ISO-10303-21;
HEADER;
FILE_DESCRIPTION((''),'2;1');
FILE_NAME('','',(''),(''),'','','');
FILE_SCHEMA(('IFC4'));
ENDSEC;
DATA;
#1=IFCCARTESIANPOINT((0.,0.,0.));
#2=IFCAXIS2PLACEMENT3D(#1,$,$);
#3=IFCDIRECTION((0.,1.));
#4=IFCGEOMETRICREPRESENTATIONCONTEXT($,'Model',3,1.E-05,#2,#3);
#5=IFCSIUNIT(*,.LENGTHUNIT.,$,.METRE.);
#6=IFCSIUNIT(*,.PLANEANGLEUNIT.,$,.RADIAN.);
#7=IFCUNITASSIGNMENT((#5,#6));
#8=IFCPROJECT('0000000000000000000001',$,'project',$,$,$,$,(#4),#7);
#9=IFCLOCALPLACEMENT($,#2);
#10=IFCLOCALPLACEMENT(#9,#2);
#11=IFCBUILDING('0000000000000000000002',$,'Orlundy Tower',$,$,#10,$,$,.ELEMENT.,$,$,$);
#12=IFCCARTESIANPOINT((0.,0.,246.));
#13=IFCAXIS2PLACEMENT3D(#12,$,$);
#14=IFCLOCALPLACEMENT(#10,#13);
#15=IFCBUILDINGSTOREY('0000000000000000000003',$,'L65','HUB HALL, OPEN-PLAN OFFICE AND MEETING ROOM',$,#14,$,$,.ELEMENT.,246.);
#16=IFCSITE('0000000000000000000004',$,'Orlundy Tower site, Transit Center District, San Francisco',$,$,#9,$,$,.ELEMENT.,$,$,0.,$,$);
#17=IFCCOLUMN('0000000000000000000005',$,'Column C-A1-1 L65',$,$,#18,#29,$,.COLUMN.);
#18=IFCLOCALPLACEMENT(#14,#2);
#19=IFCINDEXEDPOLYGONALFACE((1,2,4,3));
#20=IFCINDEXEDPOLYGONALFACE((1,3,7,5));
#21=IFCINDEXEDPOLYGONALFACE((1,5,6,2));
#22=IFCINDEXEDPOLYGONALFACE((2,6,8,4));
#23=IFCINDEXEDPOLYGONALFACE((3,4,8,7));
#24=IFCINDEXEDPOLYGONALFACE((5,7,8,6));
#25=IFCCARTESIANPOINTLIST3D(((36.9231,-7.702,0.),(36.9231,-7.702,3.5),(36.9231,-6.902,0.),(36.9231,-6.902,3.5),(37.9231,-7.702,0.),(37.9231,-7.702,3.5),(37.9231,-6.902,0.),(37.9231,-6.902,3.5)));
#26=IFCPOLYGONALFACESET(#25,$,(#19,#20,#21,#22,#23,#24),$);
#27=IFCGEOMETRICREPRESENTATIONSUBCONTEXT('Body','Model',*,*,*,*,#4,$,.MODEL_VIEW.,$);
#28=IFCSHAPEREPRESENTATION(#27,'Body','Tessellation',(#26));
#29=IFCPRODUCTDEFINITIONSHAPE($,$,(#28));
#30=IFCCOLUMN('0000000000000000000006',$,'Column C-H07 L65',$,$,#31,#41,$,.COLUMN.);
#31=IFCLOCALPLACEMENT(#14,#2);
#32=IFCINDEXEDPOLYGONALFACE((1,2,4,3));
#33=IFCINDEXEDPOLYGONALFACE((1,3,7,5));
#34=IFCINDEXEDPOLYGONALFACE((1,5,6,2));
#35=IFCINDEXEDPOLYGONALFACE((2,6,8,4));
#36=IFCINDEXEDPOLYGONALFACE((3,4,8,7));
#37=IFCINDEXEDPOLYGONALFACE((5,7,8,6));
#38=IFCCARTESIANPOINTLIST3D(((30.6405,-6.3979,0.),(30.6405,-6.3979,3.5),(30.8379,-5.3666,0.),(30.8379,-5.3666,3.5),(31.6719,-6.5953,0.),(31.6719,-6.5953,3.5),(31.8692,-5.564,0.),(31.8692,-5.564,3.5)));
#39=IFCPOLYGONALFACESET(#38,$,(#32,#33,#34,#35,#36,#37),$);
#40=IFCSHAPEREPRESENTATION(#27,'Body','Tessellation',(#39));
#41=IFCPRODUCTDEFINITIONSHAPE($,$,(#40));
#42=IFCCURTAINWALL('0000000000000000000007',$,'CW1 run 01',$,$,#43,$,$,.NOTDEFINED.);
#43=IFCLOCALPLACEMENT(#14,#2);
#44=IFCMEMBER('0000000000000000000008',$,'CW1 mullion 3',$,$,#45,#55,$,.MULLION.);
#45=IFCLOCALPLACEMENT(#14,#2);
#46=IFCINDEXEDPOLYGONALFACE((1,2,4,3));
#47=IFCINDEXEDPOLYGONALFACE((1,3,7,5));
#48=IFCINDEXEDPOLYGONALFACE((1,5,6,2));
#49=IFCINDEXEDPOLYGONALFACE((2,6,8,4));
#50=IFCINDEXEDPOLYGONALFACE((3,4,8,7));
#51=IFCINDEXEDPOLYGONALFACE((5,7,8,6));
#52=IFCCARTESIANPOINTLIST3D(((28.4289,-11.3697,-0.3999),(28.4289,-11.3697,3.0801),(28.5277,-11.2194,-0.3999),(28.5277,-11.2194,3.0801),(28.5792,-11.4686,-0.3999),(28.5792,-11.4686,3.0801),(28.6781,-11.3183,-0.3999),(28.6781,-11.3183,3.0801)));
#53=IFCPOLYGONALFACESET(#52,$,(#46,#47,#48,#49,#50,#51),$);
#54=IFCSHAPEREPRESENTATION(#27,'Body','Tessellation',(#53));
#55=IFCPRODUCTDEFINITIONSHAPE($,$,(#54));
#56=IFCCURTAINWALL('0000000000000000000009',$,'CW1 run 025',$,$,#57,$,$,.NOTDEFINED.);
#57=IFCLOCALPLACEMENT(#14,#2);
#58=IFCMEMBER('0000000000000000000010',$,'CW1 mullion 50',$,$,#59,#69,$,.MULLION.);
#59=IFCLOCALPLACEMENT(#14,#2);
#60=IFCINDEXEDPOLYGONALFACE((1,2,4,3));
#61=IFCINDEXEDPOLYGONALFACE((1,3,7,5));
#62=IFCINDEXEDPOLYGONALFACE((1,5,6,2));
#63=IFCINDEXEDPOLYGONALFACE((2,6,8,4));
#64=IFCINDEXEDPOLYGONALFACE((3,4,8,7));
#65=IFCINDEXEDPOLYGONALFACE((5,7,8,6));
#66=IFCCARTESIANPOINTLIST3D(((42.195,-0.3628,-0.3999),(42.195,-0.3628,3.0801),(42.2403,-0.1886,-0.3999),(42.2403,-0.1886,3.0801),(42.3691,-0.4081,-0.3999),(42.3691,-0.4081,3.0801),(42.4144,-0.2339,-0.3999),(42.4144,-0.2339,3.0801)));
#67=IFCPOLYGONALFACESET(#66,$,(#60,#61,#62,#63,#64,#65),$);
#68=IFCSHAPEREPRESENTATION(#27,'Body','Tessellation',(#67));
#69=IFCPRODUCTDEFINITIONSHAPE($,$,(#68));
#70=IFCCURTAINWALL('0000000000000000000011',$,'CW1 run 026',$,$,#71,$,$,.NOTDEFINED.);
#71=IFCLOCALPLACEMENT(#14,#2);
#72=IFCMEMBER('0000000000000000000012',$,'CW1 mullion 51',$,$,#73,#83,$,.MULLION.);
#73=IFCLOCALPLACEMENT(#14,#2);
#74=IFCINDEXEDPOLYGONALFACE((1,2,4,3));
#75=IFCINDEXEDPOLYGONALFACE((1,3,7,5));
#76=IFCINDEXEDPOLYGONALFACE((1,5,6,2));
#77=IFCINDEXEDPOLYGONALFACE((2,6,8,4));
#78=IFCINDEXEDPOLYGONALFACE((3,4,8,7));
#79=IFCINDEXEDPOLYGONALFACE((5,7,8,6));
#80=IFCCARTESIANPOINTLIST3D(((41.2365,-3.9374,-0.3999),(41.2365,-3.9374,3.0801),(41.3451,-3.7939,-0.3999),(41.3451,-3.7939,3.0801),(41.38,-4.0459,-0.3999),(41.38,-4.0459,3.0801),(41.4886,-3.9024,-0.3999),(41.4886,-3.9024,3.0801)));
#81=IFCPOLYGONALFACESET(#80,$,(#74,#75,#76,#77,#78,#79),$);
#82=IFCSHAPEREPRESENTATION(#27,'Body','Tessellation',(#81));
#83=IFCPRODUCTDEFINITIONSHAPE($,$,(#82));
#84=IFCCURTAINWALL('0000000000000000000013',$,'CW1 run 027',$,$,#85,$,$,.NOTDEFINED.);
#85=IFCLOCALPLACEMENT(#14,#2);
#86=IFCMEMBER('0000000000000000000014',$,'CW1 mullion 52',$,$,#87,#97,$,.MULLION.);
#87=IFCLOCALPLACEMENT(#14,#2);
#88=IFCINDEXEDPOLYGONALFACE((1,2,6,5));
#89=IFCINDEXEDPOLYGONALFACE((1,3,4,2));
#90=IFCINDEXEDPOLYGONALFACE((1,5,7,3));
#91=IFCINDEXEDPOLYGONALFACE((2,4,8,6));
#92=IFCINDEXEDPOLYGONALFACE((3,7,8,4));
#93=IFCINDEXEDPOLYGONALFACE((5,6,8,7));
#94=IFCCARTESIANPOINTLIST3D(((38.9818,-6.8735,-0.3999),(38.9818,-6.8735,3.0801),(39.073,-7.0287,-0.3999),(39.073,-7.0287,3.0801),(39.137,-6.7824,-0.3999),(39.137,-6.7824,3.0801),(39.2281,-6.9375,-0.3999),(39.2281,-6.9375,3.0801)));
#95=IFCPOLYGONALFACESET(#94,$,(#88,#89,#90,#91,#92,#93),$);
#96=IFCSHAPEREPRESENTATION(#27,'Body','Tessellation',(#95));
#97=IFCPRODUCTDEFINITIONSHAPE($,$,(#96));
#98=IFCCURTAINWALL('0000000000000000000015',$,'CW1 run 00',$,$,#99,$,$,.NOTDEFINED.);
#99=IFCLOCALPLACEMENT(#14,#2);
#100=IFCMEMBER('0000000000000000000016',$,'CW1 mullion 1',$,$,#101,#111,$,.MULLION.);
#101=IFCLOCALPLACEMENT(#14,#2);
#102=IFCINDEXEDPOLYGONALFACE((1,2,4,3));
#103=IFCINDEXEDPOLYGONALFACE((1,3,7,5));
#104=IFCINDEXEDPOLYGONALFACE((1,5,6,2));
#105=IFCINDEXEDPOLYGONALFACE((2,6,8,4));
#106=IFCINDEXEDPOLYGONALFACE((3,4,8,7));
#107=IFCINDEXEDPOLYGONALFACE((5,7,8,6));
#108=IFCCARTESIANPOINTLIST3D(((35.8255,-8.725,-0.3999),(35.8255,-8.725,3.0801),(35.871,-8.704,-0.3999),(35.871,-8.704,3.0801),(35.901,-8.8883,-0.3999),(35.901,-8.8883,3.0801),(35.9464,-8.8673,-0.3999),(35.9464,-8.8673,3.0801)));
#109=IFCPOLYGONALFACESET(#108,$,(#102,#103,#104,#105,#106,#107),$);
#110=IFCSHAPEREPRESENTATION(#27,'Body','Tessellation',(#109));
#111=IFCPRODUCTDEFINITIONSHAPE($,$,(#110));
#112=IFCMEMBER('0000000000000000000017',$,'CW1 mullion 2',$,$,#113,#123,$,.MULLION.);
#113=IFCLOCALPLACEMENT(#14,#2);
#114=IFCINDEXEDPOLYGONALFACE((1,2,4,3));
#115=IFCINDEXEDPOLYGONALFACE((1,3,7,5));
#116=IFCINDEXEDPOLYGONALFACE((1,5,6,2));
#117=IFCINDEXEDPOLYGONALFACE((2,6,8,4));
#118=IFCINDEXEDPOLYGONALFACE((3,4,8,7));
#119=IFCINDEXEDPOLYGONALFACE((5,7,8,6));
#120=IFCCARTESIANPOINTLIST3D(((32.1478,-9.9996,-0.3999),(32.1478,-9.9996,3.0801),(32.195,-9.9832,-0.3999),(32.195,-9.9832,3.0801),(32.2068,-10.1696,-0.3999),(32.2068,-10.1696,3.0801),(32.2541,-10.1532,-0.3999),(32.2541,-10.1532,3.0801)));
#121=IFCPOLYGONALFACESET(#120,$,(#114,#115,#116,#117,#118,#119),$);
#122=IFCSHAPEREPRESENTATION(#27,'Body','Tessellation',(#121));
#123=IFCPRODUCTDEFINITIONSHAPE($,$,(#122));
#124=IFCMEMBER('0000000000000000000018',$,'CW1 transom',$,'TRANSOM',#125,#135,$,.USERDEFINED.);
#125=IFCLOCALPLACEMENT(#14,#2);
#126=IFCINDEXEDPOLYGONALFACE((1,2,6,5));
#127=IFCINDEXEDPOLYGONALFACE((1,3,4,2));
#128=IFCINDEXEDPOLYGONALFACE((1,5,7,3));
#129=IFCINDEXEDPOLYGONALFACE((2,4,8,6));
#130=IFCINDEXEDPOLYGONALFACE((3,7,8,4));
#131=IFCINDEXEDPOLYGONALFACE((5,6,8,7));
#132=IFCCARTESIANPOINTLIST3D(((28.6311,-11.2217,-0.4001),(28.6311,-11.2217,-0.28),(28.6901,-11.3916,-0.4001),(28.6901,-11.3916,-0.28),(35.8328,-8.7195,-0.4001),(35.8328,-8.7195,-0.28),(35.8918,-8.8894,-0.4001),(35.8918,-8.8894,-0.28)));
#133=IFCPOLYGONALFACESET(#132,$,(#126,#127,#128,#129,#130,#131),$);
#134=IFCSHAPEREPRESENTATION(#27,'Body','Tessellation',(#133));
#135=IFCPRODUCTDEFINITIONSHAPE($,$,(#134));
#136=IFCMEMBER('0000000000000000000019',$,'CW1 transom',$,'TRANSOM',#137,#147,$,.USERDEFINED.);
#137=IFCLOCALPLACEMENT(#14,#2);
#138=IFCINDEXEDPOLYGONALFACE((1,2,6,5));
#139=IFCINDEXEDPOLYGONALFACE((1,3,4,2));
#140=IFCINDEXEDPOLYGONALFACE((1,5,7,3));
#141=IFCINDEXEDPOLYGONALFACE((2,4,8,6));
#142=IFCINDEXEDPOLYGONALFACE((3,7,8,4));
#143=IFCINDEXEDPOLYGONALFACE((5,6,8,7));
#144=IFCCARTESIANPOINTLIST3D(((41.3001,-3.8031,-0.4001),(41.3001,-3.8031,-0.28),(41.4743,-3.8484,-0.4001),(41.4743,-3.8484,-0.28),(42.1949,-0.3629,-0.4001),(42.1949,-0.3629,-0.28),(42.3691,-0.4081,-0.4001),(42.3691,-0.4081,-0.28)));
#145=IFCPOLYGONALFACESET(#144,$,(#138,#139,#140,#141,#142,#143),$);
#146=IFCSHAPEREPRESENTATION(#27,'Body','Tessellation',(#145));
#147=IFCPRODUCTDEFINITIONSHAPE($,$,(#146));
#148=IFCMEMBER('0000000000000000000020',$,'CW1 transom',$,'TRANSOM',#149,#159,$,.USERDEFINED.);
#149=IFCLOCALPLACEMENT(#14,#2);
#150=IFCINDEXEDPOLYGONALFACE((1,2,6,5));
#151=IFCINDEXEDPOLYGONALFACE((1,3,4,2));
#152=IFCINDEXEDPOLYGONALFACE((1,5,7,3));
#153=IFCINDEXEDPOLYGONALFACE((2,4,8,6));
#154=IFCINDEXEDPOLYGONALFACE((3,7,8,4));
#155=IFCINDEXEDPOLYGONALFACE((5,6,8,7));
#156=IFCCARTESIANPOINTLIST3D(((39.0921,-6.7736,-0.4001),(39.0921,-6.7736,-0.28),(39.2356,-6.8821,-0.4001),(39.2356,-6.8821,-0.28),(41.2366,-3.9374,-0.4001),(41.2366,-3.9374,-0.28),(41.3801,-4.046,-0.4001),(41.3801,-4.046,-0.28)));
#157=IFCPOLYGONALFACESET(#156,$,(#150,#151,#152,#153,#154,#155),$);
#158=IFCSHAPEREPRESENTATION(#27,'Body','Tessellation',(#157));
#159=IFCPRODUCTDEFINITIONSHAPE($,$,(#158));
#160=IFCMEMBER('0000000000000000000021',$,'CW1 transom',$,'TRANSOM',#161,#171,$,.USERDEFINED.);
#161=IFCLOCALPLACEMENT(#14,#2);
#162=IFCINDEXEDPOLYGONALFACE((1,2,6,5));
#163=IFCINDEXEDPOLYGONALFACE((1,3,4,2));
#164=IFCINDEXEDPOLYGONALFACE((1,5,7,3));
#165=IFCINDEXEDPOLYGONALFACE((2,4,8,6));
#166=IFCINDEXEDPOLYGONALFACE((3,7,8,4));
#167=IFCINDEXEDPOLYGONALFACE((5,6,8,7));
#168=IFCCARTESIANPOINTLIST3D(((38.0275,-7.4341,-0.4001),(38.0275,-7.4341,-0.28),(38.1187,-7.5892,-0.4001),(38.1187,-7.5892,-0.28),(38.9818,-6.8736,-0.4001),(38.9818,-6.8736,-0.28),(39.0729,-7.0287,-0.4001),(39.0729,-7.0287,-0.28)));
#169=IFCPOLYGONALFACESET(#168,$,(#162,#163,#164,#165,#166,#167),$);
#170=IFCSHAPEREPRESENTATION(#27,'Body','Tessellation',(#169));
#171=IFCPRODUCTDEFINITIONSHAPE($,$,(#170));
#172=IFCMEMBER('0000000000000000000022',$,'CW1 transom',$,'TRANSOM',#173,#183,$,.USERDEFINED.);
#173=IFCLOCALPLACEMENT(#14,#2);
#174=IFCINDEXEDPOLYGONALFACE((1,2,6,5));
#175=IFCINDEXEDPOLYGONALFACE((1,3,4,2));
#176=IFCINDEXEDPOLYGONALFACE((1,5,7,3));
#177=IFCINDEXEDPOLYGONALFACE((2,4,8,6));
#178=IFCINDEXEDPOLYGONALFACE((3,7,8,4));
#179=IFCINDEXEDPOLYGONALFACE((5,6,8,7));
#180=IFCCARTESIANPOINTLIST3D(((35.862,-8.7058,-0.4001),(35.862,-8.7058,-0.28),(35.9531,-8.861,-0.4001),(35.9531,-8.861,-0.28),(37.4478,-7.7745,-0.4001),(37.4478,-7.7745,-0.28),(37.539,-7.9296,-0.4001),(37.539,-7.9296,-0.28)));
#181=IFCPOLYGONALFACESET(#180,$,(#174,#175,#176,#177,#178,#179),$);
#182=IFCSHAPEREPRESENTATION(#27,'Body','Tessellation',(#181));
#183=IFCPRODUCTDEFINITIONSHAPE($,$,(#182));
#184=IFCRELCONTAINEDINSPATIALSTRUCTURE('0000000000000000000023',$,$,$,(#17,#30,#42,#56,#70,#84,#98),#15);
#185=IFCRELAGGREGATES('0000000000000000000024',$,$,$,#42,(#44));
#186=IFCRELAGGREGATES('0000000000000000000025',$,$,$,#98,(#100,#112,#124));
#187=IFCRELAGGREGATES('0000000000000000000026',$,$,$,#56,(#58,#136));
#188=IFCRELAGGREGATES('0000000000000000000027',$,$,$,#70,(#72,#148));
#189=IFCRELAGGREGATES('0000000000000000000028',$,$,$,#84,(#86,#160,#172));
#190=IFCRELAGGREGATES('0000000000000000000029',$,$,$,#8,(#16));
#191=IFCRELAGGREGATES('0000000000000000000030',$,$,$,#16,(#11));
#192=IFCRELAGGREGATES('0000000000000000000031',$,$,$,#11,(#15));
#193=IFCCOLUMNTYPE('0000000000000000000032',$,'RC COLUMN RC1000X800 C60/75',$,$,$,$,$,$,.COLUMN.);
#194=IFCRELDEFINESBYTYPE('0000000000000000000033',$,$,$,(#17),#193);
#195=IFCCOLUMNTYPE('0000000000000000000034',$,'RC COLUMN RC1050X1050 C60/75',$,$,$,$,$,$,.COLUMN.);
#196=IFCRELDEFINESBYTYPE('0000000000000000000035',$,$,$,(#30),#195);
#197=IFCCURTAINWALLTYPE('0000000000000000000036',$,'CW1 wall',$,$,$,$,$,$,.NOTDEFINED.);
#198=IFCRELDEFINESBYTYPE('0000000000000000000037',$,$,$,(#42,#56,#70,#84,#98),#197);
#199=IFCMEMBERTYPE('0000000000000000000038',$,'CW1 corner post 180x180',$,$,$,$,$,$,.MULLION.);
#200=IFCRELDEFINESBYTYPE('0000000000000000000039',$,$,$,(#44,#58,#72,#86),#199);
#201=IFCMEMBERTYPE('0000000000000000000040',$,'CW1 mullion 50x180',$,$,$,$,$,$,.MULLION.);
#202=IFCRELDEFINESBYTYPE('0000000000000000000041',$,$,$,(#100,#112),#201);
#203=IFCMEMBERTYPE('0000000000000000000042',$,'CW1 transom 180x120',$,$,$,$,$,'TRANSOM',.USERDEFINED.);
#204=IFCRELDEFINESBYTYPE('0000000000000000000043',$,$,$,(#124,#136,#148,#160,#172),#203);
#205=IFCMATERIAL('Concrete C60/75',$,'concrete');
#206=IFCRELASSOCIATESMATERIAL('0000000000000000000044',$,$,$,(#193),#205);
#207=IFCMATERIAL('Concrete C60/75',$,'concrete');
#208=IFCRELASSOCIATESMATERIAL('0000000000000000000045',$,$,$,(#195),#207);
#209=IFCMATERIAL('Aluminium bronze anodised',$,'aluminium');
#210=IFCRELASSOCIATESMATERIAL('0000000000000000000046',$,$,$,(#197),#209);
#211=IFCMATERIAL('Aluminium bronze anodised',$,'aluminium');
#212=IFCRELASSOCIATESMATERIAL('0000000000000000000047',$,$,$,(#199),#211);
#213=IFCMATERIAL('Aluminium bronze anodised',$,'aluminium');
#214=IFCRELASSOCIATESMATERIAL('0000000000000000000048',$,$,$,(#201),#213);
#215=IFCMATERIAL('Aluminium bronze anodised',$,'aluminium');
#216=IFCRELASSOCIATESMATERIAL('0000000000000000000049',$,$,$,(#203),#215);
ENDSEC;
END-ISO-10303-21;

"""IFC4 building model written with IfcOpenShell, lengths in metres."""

from ifc_helpers import new_model, si_unit, direction, frame, origin, origin_2d, place, context, subcontext, project, spatial, rectangle, extrude, material, material_profile, profile_set, type_object, element, aggregate, save


model = new_model("IFC4")

# Units and contexts
model_context = context("Model", 3, precision=1e-05, world=origin(), true_north=direction((0.0, 1.0)))
body_context = subcontext(model_context, "Body", "Model", "MODEL_VIEW")
ifc_project = project(units=[si_unit("LENGTHUNIT", "METRE"), si_unit("PLANEANGLEUNIT", "RADIAN")], contexts=[model_context])

# Site, building, storey
site_placement = place(None, origin())
site = spatial("IfcSite", under=ifc_project, at=site_placement, Name="Orlundy Tower site, Transit Center District, San Francisco", CompositionType="ELEMENT", RefElevation=0.0)
building_placement = place(site_placement, origin())
building = spatial("IfcBuilding", under=site, at=building_placement, Name="Orlundy Tower", CompositionType="ELEMENT")
storey_placement = place(building_placement, frame((0.0, 0.0, 246.0)))
storey = spatial("IfcBuildingStorey", under=building, at=storey_placement, Name="L65", Description="HUB HALL, OPEN-PLAN OFFICE AND MEETING ROOM", CompositionType="ELEMENT", Elevation=246.0)

# Columns
ifc_material_1 = material(Name="Concrete C60/75", Category="concrete")
ifc_material_profile_1 = material_profile(ifc_material_1, rectangle(XDim=1.0, YDim=0.8, at=origin_2d()), Name="RC1000X800")
ifc_profile_set_1 = profile_set([ifc_material_profile_1], Name="Concrete C60/75")
column_type_1 = type_object("IfcColumnType", Name="RC COLUMN RC1000X800 C60/75", PredefinedType="COLUMN", material=ifc_profile_set_1)
column_1_placement = place(storey_placement, frame((37.4231, -7.302, 0.0), z_axis=(0.0, 0.0, 1.0), x_axis=(1.0, 0.0, 0.0)))
element("IfcColumn", 1, at=column_1_placement, inside=storey, type_object=column_type_1, Name="Column C-A1-1 L65", PredefinedType="COLUMN", context=body_context, shape_type="SweptSolid", body=[
    extrude(rectangle(XDim=1.0, YDim=0.8, at=origin_2d()), origin(), (0.0, 0.0, 1.0), 3.5),
])
ifc_material_2 = material(Name="Concrete C60/75", Category="concrete")
ifc_material_profile_2 = material_profile(ifc_material_2, rectangle(XDim=1.05, YDim=1.05, at=origin_2d()), Name="RC1050X1050")
ifc_profile_set_2 = profile_set([ifc_material_profile_2], Name="Concrete C60/75")
column_type_2 = type_object("IfcColumnType", Name="RC COLUMN RC1050X1050 C60/75", PredefinedType="COLUMN", material=ifc_profile_set_2)
column_2_placement = place(storey_placement, frame((31.2549, -5.981, 0.0), z_axis=(0.0, 0.0, 1.0), x_axis=(0.982179, -0.187947, 0.0)))
element("IfcColumn", 2, at=column_2_placement, inside=storey, type_object=column_type_2, Name="Column C-H07 L65", PredefinedType="COLUMN", context=body_context, shape_type="SweptSolid", body=[
    extrude(rectangle(XDim=1.05, YDim=1.05, at=origin_2d()), origin(), (0.0, 0.0, 1.0), 3.5),
])

# Curtain walls, members
ifc_material_3 = material(Name="Aluminium bronze anodised", Category="aluminium")
curtain_wall_type = type_object("IfcCurtainWallType", Name="CW1 wall", PredefinedType="NOTDEFINED", material=ifc_material_3)
curtain_wall_1_placement = place(storey_placement, origin())
curtain_wall_1 = element("IfcCurtainWall", 3, at=curtain_wall_1_placement, inside=storey, type_object=curtain_wall_type, Name="CW1 run 01", PredefinedType="NOTDEFINED")
ifc_material_4 = material(Name="Aluminium bronze anodised", Category="aluminium")
ifc_material_profile_3 = material_profile(ifc_material_4, rectangle(XDim=0.1799, YDim=0.1799, at=origin_2d()), Name="CW1 corner post 180x180")
ifc_profile_set_3 = profile_set([ifc_material_profile_3], Name="Aluminium bronze anodised")
member_type_1 = type_object("IfcMemberType", Name="CW1 corner post 180x180", PredefinedType="MULLION", material=ifc_profile_set_3)
member_1_placement = place(storey_placement, frame((28.5535, -11.344, -0.3999), z_axis=(0.0, 0.0, 1.0), x_axis=(0.835496, -0.549496, 0.0)))
member_1 = element("IfcMember", 4, at=member_1_placement, type_object=member_type_1, Name="CW1 mullion 3", PredefinedType="MULLION", context=body_context, shape_type="SweptSolid", body=[
    extrude(rectangle(XDim=0.1799, YDim=0.1799, at=origin_2d()), origin(), (0.0, 0.0, 1.0), 3.48),
])
aggregate(curtain_wall_1, [member_1])
curtain_wall_2_placement = place(storey_placement, origin())
curtain_wall_2 = element("IfcCurtainWall", 5, at=curtain_wall_2_placement, inside=storey, type_object=curtain_wall_type, Name="CW1 run 025", PredefinedType="NOTDEFINED")
member_2_placement = place(storey_placement, frame((42.3047, -0.2983, -0.3999), z_axis=(0.0, 0.0, 1.0), x_axis=(0.967798, -0.25173, 0.0)))
member_2 = element("IfcMember", 6, at=member_2_placement, type_object=member_type_1, Name="CW1 mullion 50", PredefinedType="MULLION", context=body_context, shape_type="SweptSolid", body=[
    extrude(rectangle(XDim=0.1799, YDim=0.1799, at=origin_2d()), origin(), (0.0, 0.0, 1.0), 3.48),
])
curtain_wall_3_placement = place(storey_placement, origin())
curtain_wall_3 = element("IfcCurtainWall", 7, at=curtain_wall_3_placement, inside=storey, type_object=curtain_wall_type, Name="CW1 run 026", PredefinedType="NOTDEFINED")
member_3_placement = place(storey_placement, frame((41.3625, -3.9199, -0.3999), z_axis=(0.0, 0.0, 1.0), x_axis=(0.797631, -0.603146, 0.0)))
member_3 = element("IfcMember", 8, at=member_3_placement, type_object=member_type_1, Name="CW1 mullion 51", PredefinedType="MULLION", context=body_context, shape_type="SweptSolid", body=[
    extrude(rectangle(XDim=0.1799, YDim=0.1799, at=origin_2d()), origin(), (0.0, 0.0, 1.0), 3.48),
])
curtain_wall_4_placement = place(storey_placement, origin())
curtain_wall_4 = element("IfcCurtainWall", 9, at=curtain_wall_4_placement, inside=storey, type_object=curtain_wall_type, Name="CW1 run 027", PredefinedType="NOTDEFINED")
member_4_placement = place(storey_placement, frame((39.105, -6.9055, -0.3999), z_axis=(0.0, 0.0, 1.0), x_axis=(0.506419, -0.862288, 0.0)))
member_4 = element("IfcMember", 10, at=member_4_placement, type_object=member_type_1, Name="CW1 mullion 52", PredefinedType="MULLION", context=body_context, shape_type="SweptSolid", body=[
    extrude(rectangle(XDim=0.1799, YDim=0.1799, at=origin_2d()), origin(), (0.0, 0.0, 1.0), 3.48),
])

# Curtain wall, members
curtain_wall_5_placement = place(storey_placement, origin())
curtain_wall_5 = element("IfcCurtainWall", 11, at=curtain_wall_5_placement, inside=storey, type_object=curtain_wall_type, Name="CW1 run 00", PredefinedType="NOTDEFINED")
ifc_material_5 = material(Name="Aluminium bronze anodised", Category="aluminium")
ifc_material_profile_4 = material_profile(ifc_material_5, rectangle(XDim=0.1799, YDim=0.05, at=origin_2d()), Name="CW1 mullion 50x180")
ifc_profile_set_4 = profile_set([ifc_material_profile_4], Name="Aluminium bronze anodised")
member_type_2 = type_object("IfcMemberType", Name="CW1 mullion 50x180", PredefinedType="MULLION", material=ifc_profile_set_4)
member_5_placement = place(storey_placement, frame((35.886, -8.7961, -0.3999), z_axis=(0.0, 0.0, 1.0), x_axis=(0.419347, -0.907826, 0.0)))
member_5 = element("IfcMember", 12, at=member_5_placement, type_object=member_type_2, Name="CW1 mullion 1", PredefinedType="MULLION", context=body_context, shape_type="SweptSolid", body=[
    extrude(rectangle(XDim=0.1799, YDim=0.05, at=origin_2d()), origin(), (0.0, 0.0, 1.0), 3.48),
])
member_6_placement = place(storey_placement, frame((32.2009, -10.0764, -0.3999), z_axis=(0.0, 0.0, 1.0), x_axis=(0.328227, -0.944599, 0.0)))
member_6 = element("IfcMember", 13, at=member_6_placement, type_object=member_type_2, Name="CW1 mullion 2", PredefinedType="MULLION", context=body_context, shape_type="SweptSolid", body=[
    extrude(rectangle(XDim=0.1799, YDim=0.05, at=origin_2d()), origin(), (0.0, 0.0, 1.0), 3.48),
])
ifc_material_6 = material(Name="Aluminium bronze anodised", Category="aluminium")
ifc_material_profile_5 = material_profile(ifc_material_6, rectangle(XDim=0.1799, YDim=0.1201, at=origin_2d()), Name="CW1 transom 180x120")
ifc_profile_set_5 = profile_set([ifc_material_profile_5], Name="Aluminium bronze anodised")
member_type_3 = type_object("IfcMemberType", Name="CW1 transom 180x120", ElementType="TRANSOM", PredefinedType="USERDEFINED", material=ifc_profile_set_5)
member_7_placement = place(storey_placement, frame((35.8623, -8.8044, -0.3401), z_axis=(-0.944608, -0.328201, 0.0), x_axis=(0.328201, -0.944608, 0.0)))
member_7 = element("IfcMember", 14, at=member_7_placement, type_object=member_type_3, Name="CW1 transom", ObjectType="TRANSOM", PredefinedType="USERDEFINED", context=body_context, shape_type="SweptSolid", body=[
    extrude(rectangle(XDim=0.1799, YDim=0.1201, at=origin_2d()), origin(), (0.0, 0.0, 1.0), 7.624),
])

# Members
member_8_placement = place(storey_placement, frame((42.282, -0.3855, -0.3401), z_axis=(-0.25172, -0.9678, 0.0), x_axis=(0.9678, -0.25172, 0.0)))
member_8 = element("IfcMember", 15, at=member_8_placement, type_object=member_type_3, Name="CW1 transom", ObjectType="TRANSOM", PredefinedType="USERDEFINED", context=body_context, shape_type="SweptSolid", body=[
    extrude(rectangle(XDim=0.1799, YDim=0.1201, at=origin_2d()), origin(), (0.0, 0.0, 1.0), 3.5547),
])
member_9_placement = place(storey_placement, frame((41.3083, -3.9917, -0.3401), z_axis=(-0.603126, -0.797646, 0.0), x_axis=(0.797646, -0.603126, 0.0)))
member_9 = element("IfcMember", 16, at=member_9_placement, type_object=member_type_3, Name="CW1 transom", ObjectType="TRANSOM", PredefinedType="USERDEFINED", context=body_context, shape_type="SweptSolid", body=[
    extrude(rectangle(XDim=0.1799, YDim=0.1201, at=origin_2d()), origin(), (0.0, 0.0, 1.0), 3.5557),
])
member_10_placement = place(storey_placement, frame((39.0273, -6.9512, -0.3401), z_axis=(-0.862263, -0.506461, 0.0), x_axis=(0.506461, -0.862263, 0.0)))
member_10 = element("IfcMember", 17, at=member_10_placement, type_object=member_type_3, Name="CW1 transom", ObjectType="TRANSOM", PredefinedType="USERDEFINED", context=body_context, shape_type="SweptSolid", body=[
    extrude(rectangle(XDim=0.1799, YDim=0.1201, at=origin_2d()), origin(), (0.0, 0.0, 1.0), 1.1067),
])
member_11_placement = place(storey_placement, frame((37.4934, -7.8521, -0.3401), z_axis=(-0.862292, -0.506411, 0.0), x_axis=(0.506411, -0.862292, 0.0)))
member_11 = element("IfcMember", 18, at=member_11_placement, type_object=member_type_3, Name="CW1 transom", ObjectType="TRANSOM", PredefinedType="USERDEFINED", context=body_context, shape_type="SweptSolid", body=[
    extrude(rectangle(XDim=0.1799, YDim=0.1201, at=origin_2d()), origin(), (0.0, 0.0, 1.0), 1.8391),
])

aggregate(curtain_wall_5, [member_5, member_6, member_7])
aggregate(curtain_wall_2, [member_2, member_8])
aggregate(curtain_wall_3, [member_3, member_9])
aggregate(curtain_wall_4, [member_4, member_10, member_11])

save(model, "model.ifc")
